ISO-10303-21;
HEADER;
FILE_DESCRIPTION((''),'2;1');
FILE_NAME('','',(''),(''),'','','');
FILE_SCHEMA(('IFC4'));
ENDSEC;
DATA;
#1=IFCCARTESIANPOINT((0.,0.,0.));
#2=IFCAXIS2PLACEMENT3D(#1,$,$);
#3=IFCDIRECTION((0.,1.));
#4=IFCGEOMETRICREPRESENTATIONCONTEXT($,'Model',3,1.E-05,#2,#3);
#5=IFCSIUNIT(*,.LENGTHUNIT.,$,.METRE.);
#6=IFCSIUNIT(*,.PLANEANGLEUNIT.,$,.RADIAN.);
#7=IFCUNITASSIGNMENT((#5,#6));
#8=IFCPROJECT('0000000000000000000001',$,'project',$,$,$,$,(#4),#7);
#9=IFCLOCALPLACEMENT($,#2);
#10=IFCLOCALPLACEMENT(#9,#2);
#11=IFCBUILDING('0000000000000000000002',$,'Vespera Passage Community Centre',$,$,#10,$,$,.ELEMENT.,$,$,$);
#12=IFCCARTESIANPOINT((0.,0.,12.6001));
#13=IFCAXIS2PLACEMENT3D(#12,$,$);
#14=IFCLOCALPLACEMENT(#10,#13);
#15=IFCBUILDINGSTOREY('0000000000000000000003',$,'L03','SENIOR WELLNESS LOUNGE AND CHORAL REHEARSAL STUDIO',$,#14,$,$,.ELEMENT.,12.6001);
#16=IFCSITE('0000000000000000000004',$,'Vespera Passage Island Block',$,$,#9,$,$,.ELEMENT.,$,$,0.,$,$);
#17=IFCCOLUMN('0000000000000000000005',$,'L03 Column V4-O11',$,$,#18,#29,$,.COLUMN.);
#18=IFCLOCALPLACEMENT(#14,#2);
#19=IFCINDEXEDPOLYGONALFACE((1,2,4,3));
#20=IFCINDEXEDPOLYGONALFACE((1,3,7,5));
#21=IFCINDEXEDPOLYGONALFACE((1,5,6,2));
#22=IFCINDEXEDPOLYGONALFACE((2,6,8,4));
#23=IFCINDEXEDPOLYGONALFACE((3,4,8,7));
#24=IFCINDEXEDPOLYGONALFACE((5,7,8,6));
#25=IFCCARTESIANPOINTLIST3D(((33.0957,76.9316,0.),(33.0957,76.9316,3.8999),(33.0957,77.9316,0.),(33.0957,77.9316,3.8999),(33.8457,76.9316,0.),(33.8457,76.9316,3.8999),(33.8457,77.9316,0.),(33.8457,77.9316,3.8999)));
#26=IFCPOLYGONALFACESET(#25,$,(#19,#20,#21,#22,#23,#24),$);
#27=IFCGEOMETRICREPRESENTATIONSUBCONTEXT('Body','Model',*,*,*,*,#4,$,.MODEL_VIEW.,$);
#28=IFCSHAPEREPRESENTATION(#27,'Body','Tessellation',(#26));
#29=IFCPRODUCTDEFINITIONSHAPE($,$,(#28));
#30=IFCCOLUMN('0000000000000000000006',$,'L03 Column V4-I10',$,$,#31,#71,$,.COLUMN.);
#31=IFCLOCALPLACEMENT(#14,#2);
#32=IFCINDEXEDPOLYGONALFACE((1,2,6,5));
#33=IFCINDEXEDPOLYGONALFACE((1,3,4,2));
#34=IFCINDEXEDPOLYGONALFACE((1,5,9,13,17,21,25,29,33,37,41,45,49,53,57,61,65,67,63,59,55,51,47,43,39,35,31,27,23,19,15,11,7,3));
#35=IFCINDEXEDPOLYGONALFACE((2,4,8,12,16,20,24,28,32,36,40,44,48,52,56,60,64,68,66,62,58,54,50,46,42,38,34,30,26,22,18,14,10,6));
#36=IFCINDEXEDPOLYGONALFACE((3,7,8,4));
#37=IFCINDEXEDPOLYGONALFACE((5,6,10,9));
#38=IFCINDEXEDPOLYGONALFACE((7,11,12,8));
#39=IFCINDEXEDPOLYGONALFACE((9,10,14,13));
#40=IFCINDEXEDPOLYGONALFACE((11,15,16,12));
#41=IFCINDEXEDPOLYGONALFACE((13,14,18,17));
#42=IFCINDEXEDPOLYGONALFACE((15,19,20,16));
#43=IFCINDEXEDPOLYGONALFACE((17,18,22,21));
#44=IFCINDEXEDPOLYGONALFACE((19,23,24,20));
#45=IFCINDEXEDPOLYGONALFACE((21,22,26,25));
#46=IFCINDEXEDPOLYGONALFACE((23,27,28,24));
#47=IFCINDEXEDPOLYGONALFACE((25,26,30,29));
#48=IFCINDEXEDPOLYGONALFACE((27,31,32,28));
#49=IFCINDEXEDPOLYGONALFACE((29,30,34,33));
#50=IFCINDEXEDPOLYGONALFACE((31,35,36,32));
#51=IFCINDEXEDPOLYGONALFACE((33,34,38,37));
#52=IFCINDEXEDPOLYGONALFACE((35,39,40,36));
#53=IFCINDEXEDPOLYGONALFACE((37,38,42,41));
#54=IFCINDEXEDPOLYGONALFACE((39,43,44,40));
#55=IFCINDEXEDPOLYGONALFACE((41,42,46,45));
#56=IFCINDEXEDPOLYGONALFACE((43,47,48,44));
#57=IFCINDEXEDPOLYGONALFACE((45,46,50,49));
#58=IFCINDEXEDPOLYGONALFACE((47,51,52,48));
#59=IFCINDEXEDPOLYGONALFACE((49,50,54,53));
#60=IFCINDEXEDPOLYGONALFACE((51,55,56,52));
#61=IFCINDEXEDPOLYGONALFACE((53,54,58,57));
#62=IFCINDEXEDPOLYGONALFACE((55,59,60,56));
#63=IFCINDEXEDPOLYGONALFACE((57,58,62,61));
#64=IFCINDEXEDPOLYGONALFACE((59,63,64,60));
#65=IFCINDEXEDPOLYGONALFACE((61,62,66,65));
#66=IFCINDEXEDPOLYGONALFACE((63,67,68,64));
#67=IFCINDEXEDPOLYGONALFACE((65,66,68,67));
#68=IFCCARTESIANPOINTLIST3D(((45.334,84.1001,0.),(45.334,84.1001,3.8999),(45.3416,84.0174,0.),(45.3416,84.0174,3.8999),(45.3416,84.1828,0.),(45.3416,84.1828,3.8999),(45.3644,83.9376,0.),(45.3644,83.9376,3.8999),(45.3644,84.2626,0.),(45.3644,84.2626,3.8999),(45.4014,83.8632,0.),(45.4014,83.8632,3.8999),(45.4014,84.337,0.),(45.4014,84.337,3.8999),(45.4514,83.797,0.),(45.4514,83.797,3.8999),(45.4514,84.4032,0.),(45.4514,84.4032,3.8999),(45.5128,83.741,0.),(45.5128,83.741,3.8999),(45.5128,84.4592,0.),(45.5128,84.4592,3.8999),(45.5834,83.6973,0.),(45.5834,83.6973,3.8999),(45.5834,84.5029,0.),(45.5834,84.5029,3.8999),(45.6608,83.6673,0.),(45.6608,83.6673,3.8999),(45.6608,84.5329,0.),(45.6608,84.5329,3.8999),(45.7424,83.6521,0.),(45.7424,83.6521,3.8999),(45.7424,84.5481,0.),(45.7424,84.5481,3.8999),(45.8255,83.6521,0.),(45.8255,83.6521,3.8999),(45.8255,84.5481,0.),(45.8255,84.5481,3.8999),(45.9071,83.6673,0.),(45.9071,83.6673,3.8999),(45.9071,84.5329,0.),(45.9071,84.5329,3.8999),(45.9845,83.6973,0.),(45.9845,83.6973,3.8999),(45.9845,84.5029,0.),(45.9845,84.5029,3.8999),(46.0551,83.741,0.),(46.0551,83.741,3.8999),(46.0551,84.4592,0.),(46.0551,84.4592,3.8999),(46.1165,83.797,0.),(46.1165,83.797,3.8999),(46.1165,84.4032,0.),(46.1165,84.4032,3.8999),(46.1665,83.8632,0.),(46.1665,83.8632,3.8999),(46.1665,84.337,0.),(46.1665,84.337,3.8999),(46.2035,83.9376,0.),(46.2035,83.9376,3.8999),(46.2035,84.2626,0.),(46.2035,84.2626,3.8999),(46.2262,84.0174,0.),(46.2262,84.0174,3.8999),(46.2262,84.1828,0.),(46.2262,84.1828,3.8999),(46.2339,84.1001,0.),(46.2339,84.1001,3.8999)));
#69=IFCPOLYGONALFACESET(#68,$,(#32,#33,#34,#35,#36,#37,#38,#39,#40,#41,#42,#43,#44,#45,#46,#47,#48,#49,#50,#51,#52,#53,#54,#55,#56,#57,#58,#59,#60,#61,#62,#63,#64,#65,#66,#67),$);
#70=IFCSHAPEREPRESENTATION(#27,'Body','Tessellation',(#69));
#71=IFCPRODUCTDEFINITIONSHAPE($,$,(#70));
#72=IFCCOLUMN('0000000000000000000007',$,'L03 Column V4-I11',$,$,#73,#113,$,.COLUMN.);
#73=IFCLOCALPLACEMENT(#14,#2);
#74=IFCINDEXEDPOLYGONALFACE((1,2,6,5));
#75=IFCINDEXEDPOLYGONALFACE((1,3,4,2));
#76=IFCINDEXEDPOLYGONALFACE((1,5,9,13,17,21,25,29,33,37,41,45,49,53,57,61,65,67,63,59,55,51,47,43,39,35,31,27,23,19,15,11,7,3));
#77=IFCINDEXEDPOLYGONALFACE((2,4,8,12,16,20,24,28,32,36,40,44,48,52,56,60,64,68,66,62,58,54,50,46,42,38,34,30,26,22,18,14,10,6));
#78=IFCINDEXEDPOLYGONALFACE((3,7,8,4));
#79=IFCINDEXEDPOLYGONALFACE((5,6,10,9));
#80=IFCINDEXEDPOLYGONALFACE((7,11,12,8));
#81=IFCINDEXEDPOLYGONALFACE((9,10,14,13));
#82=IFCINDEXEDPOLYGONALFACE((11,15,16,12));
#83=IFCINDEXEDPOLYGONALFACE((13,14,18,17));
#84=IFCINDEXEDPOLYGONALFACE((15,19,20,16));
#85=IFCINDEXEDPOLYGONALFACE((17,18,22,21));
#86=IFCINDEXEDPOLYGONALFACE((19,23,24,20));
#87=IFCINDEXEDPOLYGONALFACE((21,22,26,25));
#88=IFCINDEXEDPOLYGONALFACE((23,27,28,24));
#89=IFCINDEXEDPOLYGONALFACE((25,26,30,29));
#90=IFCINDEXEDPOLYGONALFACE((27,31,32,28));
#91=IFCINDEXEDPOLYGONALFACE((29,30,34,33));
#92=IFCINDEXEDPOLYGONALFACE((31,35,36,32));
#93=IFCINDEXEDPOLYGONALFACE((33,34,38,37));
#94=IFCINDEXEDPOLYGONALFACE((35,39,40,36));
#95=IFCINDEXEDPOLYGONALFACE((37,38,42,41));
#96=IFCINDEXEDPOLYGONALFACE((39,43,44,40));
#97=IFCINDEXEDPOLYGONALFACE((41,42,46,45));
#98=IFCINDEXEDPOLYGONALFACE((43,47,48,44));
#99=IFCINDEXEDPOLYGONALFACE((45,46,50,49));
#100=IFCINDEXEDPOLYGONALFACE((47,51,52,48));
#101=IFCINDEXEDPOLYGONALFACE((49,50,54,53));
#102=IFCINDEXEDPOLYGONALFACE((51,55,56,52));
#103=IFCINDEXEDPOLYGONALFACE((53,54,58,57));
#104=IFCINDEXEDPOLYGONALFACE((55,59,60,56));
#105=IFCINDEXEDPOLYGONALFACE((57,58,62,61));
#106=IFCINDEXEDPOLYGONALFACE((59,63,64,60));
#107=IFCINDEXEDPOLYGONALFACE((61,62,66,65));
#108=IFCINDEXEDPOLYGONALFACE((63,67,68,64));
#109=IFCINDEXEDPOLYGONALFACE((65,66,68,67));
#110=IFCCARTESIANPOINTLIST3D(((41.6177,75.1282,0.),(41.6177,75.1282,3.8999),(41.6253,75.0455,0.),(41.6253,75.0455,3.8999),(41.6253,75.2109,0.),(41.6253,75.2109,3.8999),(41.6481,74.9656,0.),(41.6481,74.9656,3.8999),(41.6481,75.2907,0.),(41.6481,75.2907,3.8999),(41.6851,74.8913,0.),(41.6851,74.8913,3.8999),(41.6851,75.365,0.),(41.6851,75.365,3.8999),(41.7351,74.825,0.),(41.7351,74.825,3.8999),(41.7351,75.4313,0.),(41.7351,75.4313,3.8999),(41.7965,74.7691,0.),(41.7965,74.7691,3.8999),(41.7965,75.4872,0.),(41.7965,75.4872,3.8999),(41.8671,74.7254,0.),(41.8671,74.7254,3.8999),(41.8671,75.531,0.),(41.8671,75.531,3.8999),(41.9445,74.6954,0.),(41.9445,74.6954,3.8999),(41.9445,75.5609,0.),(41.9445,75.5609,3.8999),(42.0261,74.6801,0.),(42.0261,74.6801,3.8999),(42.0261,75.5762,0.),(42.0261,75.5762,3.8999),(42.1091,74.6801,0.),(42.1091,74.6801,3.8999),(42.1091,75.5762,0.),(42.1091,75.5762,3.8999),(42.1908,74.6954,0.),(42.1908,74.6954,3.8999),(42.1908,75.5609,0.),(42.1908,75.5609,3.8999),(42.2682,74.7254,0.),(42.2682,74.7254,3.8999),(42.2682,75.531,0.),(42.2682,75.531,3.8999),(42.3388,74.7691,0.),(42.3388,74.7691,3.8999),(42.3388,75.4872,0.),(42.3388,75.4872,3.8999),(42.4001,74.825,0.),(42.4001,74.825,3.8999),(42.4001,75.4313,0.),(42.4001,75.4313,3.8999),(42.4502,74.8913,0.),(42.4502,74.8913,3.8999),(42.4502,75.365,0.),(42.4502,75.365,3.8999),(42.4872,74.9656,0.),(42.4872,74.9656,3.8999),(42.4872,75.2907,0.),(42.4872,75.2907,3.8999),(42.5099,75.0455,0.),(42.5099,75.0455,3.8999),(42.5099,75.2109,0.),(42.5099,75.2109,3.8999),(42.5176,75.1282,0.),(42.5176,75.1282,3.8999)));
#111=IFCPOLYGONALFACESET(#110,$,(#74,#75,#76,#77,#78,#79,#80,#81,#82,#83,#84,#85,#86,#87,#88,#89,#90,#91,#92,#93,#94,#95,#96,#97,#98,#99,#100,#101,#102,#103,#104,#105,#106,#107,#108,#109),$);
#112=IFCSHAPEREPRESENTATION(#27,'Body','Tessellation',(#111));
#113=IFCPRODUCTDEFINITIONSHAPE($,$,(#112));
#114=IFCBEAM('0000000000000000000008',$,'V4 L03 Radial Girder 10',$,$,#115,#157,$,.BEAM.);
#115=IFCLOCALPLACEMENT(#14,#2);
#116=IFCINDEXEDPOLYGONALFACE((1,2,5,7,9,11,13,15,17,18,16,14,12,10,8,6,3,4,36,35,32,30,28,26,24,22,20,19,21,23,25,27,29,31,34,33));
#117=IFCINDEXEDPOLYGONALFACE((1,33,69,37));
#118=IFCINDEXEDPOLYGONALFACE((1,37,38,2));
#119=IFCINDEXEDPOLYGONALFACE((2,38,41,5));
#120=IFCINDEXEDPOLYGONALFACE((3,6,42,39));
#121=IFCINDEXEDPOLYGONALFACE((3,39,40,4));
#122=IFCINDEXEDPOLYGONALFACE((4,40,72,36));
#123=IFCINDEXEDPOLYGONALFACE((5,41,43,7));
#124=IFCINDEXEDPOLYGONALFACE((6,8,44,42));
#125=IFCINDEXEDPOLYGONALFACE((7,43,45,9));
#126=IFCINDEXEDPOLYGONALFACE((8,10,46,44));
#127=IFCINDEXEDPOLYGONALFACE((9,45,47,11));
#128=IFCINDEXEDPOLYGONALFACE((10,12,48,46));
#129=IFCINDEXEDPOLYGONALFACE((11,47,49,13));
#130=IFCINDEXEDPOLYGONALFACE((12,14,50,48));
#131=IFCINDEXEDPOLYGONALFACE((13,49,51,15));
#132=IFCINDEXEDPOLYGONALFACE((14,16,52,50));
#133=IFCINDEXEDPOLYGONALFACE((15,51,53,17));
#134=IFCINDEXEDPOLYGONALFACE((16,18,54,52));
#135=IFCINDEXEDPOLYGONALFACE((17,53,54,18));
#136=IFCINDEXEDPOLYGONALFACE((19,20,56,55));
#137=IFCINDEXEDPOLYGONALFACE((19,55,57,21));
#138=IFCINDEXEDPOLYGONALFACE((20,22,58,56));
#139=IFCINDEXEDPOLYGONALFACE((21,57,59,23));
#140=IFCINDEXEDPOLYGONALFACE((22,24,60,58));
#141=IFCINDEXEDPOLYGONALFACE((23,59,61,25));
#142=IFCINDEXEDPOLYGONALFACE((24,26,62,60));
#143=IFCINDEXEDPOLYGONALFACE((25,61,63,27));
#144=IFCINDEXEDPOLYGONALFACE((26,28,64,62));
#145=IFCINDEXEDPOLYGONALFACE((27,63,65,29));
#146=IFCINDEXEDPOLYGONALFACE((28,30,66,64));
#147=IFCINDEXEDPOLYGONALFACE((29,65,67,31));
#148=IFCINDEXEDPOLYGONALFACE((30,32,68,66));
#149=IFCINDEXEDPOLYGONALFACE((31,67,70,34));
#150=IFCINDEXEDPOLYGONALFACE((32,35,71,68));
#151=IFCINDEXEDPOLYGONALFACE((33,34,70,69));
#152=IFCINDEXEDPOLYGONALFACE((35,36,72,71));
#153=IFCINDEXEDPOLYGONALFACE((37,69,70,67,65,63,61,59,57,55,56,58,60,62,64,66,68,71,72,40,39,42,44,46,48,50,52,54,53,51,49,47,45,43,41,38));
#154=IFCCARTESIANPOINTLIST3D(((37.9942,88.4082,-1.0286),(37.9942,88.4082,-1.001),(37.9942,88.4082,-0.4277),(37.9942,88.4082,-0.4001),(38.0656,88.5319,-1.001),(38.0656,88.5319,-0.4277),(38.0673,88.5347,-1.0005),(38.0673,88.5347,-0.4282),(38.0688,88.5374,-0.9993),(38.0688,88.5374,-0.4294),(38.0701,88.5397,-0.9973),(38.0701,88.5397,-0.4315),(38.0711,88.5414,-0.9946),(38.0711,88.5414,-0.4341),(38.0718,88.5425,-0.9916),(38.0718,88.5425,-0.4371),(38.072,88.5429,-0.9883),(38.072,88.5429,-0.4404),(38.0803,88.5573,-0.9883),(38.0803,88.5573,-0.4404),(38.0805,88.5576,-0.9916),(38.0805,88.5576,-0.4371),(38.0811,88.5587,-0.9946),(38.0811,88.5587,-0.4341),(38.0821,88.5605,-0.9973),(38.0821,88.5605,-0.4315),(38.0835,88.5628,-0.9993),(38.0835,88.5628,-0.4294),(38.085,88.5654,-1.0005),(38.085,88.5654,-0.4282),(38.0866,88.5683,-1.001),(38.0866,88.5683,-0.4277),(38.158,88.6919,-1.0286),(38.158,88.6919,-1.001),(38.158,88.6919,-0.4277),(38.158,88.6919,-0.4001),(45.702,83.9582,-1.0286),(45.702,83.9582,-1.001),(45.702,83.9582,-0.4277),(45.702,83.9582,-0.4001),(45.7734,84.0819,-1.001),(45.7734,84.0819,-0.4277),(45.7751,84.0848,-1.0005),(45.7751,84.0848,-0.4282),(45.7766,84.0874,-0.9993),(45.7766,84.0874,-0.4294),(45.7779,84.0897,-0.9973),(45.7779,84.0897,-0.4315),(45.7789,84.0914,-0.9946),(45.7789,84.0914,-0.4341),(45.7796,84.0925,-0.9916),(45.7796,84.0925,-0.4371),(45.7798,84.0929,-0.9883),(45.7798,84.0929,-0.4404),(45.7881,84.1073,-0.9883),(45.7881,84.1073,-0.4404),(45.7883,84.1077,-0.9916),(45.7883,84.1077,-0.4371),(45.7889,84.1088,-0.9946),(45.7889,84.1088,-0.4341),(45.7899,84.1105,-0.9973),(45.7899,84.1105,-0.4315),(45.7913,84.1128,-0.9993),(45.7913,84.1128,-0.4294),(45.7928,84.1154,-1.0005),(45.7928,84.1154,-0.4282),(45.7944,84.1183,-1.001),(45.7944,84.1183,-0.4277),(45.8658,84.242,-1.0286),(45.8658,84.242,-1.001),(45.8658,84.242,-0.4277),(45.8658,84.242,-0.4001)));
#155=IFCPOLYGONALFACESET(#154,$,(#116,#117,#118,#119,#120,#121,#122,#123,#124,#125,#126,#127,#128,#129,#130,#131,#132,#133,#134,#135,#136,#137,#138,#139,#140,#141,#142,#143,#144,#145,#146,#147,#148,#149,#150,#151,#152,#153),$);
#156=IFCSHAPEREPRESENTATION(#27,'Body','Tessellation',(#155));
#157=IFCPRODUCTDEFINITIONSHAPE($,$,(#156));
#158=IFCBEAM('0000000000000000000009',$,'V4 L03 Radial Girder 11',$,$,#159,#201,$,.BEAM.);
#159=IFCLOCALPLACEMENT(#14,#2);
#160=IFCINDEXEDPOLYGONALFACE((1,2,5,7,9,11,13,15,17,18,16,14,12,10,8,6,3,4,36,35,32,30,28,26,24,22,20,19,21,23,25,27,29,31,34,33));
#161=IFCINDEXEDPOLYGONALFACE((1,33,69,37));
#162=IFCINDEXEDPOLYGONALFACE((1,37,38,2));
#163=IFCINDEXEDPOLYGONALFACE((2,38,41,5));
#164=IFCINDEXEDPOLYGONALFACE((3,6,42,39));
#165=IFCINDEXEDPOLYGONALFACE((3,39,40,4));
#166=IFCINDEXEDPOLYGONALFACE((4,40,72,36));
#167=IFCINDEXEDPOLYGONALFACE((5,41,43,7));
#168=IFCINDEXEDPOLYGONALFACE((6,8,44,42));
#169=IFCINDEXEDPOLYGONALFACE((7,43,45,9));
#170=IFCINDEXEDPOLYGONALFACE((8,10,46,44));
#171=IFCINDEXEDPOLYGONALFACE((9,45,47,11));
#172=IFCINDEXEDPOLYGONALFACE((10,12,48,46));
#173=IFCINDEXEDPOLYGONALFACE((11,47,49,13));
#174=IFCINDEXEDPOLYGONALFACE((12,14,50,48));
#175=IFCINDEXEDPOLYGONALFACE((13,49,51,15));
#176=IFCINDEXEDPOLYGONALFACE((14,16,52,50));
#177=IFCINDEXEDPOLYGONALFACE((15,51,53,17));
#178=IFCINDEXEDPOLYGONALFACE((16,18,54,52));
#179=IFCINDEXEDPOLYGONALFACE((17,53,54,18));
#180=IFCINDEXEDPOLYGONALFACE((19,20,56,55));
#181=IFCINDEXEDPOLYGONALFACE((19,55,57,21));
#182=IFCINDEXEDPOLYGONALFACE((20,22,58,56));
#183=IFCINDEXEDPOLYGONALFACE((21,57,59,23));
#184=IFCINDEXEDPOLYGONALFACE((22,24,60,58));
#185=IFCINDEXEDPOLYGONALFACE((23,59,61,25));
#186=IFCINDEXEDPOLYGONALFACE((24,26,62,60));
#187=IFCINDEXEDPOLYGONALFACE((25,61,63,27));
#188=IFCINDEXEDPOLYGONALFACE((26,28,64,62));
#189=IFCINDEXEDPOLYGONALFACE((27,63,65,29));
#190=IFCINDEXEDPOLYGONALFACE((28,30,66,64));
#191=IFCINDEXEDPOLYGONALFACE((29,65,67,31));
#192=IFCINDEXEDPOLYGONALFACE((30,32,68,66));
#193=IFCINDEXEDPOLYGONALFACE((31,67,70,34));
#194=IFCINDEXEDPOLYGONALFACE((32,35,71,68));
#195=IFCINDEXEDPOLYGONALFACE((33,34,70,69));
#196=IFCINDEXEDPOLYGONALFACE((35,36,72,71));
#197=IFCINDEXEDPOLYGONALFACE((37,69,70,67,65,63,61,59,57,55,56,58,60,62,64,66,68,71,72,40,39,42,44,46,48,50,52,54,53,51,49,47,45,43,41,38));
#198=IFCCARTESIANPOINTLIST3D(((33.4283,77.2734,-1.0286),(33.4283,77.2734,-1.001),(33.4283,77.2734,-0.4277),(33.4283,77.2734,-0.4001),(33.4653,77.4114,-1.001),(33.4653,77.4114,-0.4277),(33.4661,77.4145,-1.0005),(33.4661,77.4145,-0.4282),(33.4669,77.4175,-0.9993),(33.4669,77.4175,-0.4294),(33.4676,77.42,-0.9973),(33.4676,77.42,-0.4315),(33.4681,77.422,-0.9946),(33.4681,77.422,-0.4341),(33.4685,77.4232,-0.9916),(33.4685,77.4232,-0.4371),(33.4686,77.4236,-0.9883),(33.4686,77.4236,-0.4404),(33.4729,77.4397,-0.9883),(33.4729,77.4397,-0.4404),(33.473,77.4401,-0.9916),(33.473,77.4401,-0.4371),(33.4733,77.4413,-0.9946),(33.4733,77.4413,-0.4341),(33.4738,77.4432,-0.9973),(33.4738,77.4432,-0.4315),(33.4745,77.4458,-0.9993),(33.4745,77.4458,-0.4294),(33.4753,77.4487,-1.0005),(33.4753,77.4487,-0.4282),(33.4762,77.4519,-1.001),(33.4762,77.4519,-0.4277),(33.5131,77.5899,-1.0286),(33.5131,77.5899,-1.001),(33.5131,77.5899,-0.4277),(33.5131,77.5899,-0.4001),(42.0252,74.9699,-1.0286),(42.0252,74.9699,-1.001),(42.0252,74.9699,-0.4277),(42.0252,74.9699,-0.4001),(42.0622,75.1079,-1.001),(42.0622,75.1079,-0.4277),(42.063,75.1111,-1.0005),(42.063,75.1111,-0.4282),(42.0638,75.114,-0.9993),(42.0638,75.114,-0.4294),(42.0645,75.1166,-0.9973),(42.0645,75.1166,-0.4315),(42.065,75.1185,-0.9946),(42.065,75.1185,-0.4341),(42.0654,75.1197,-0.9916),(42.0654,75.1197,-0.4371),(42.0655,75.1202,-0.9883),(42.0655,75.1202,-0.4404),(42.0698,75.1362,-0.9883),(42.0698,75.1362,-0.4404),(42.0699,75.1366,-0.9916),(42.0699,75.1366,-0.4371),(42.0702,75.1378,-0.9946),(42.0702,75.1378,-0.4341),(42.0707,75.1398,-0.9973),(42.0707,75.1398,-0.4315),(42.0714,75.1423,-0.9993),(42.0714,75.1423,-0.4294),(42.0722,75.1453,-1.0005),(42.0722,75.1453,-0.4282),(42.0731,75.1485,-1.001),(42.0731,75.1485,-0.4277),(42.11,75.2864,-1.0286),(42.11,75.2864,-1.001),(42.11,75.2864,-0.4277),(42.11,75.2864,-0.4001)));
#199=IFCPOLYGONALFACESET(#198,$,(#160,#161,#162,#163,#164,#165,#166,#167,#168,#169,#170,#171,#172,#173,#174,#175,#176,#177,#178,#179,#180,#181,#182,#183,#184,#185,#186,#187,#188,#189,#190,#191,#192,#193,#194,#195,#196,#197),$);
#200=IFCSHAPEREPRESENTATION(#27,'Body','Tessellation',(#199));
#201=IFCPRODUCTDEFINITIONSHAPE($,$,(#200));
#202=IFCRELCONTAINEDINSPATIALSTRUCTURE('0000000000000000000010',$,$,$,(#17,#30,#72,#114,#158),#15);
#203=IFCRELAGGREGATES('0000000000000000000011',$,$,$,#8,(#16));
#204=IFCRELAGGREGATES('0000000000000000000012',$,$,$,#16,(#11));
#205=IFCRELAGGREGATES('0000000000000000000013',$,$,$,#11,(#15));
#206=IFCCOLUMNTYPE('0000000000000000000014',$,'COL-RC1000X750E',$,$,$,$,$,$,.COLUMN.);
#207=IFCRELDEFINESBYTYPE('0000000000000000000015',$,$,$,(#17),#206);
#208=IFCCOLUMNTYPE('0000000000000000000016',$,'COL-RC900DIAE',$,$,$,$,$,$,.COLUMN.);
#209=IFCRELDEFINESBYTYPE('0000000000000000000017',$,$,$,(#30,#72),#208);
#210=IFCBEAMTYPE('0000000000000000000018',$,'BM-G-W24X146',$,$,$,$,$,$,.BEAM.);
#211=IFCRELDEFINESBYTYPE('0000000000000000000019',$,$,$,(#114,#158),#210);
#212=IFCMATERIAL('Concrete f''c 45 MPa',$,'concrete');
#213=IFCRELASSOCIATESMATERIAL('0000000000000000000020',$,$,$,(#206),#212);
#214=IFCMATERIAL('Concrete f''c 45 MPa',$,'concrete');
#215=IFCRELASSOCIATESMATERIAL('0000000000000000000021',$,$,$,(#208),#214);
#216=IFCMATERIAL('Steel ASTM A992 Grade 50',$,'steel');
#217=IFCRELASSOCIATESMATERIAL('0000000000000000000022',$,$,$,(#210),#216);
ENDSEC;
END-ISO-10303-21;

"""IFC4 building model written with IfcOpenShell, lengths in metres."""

from ifc_helpers import new_model, si_unit, direction, frame, origin, origin_2d, place, context, subcontext, project, spatial, rectangle, circle, i_section, extrude, material, material_profile, profile_set, type_object, element, save


model = new_model("IFC4")

# Units and contexts
model_context = context("Model", 3, precision=1e-05, world=origin(), true_north=direction((0.0, 1.0)))
body_context = subcontext(model_context, "Body", "Model", "MODEL_VIEW")
ifc_project = project(units=[si_unit("LENGTHUNIT", "METRE"), si_unit("PLANEANGLEUNIT", "RADIAN")], contexts=[model_context])

# Site, building, storey
site_placement = place(None, origin())
site = spatial("IfcSite", under=ifc_project, at=site_placement, Name="Vespera Passage Island Block", CompositionType="ELEMENT", RefElevation=0.0)
building_placement = place(site_placement, origin())
building = spatial("IfcBuilding", under=site, at=building_placement, Name="Vespera Passage Community Centre", CompositionType="ELEMENT")
storey_placement = place(building_placement, frame((0.0, 0.0, 12.6001)))
storey = spatial("IfcBuildingStorey", under=building, at=storey_placement, Name="L03", Description="SENIOR WELLNESS LOUNGE AND CHORAL REHEARSAL STUDIO", CompositionType="ELEMENT", Elevation=12.6001)

# Columns
ifc_material_1 = material(Name="Concrete f'c 45 MPa", Category="concrete")
ifc_material_profile_1 = material_profile(ifc_material_1, rectangle(XDim=0.75, YDim=1.0, at=origin_2d()), Name="RC1000X750")
ifc_profile_set_1 = profile_set([ifc_material_profile_1], Name="Concrete f'c 45 MPa")
column_type_1 = type_object("IfcColumnType", Name="COL-RC1000X750E", PredefinedType="COLUMN", material=ifc_profile_set_1)
column_placement = place(storey_placement, frame((33.4707, 77.4316, 0.0), z_axis=(0.0, 0.0, 1.0), x_axis=(1.0, 0.0, 0.0)))
element("IfcColumn", 1, at=column_placement, inside=storey, type_object=column_type_1, Name="L03 Column V4-O11", PredefinedType="COLUMN", context=body_context, shape_type="SweptSolid", body=[
    extrude(rectangle(XDim=0.75, YDim=1.0, at=origin_2d()), origin(), (0.0, 0.0, 1.0), 3.8999),
])
ifc_material_2 = material(Name="Concrete f'c 45 MPa", Category="concrete")
ifc_material_profile_2 = material_profile(ifc_material_2, circle(Radius=0.45, at=origin_2d()), Name="RC900DIA")
ifc_profile_set_2 = profile_set([ifc_material_profile_2], Name="Concrete f'c 45 MPa")
column_type_2 = type_object("IfcColumnType", Name="COL-RC900DIAE", PredefinedType="COLUMN", material=ifc_profile_set_2)
for number, where, z_axis, x_axis, name in (
    (2, (45.7839, 84.1001, 0.0), (0.0, 0.0, 1.0), (1.0, 0.0, 0.0), "L03 Column V4-I10"),
    (3, (42.0676, 75.1282, 0.0), (0.0, 0.0, 1.0), (1.0, 0.0, 0.0), "L03 Column V4-I11"),
):
    element("IfcColumn", number, at=place(storey_placement, frame(where, z_axis=z_axis, x_axis=x_axis)), inside=storey, type_object=column_type_2, Name=name, PredefinedType="COLUMN", context=body_context, shape_type="SweptSolid", body=[
        extrude(circle(Radius=0.45, at=origin_2d()), origin(), (0.0, 0.0, 1.0), 3.8999),
    ])

# Beams
ifc_material_3 = material(Name="Steel ASTM A992 Grade 50", Category="steel")
ifc_material_profile_3 = material_profile(ifc_material_3, i_section(OverallWidth=0.3276, OverallDepth=0.6284, WebThickness=0.0166, FlangeThickness=0.0276, FilletRadius=0.0127, at=origin_2d()), Name="W24X146")
ifc_profile_set_3 = profile_set([ifc_material_profile_3], Name="Steel ASTM A992 Grade 50")
beam_type_1 = type_object("IfcBeamType", Name="BM-G-W24X146", PredefinedType="BEAM", material=ifc_profile_set_3)
for number, where, z_axis, x_axis, name in (
    (4, (45.7839, 84.1001, -0.7144), (-0.866032, 0.499989, 0.0), (-0.499989, -0.866032, 0.0), "V4 L03 Radial Girder 10"),
    (5, (42.0676, 75.1282, -0.7144), (-0.965928, 0.258811, 0.0), (-0.258811, -0.965928, 0.0), "V4 L03 Radial Girder 11"),
):
    element("IfcBeam", number, at=place(storey_placement, frame(where, z_axis=z_axis, x_axis=x_axis)), inside=storey, type_object=beam_type_1, Name=name, PredefinedType="BEAM", context=body_context, shape_type="SweptSolid", body=[
        extrude(i_section(OverallWidth=0.3276, OverallDepth=0.6284, WebThickness=0.0166, FlangeThickness=0.0276, FilletRadius=0.0127, at=origin_2d()), origin(), (0.0, 0.0, 1.0), 8.9001),
    ])

save(model, "model.ifc")
